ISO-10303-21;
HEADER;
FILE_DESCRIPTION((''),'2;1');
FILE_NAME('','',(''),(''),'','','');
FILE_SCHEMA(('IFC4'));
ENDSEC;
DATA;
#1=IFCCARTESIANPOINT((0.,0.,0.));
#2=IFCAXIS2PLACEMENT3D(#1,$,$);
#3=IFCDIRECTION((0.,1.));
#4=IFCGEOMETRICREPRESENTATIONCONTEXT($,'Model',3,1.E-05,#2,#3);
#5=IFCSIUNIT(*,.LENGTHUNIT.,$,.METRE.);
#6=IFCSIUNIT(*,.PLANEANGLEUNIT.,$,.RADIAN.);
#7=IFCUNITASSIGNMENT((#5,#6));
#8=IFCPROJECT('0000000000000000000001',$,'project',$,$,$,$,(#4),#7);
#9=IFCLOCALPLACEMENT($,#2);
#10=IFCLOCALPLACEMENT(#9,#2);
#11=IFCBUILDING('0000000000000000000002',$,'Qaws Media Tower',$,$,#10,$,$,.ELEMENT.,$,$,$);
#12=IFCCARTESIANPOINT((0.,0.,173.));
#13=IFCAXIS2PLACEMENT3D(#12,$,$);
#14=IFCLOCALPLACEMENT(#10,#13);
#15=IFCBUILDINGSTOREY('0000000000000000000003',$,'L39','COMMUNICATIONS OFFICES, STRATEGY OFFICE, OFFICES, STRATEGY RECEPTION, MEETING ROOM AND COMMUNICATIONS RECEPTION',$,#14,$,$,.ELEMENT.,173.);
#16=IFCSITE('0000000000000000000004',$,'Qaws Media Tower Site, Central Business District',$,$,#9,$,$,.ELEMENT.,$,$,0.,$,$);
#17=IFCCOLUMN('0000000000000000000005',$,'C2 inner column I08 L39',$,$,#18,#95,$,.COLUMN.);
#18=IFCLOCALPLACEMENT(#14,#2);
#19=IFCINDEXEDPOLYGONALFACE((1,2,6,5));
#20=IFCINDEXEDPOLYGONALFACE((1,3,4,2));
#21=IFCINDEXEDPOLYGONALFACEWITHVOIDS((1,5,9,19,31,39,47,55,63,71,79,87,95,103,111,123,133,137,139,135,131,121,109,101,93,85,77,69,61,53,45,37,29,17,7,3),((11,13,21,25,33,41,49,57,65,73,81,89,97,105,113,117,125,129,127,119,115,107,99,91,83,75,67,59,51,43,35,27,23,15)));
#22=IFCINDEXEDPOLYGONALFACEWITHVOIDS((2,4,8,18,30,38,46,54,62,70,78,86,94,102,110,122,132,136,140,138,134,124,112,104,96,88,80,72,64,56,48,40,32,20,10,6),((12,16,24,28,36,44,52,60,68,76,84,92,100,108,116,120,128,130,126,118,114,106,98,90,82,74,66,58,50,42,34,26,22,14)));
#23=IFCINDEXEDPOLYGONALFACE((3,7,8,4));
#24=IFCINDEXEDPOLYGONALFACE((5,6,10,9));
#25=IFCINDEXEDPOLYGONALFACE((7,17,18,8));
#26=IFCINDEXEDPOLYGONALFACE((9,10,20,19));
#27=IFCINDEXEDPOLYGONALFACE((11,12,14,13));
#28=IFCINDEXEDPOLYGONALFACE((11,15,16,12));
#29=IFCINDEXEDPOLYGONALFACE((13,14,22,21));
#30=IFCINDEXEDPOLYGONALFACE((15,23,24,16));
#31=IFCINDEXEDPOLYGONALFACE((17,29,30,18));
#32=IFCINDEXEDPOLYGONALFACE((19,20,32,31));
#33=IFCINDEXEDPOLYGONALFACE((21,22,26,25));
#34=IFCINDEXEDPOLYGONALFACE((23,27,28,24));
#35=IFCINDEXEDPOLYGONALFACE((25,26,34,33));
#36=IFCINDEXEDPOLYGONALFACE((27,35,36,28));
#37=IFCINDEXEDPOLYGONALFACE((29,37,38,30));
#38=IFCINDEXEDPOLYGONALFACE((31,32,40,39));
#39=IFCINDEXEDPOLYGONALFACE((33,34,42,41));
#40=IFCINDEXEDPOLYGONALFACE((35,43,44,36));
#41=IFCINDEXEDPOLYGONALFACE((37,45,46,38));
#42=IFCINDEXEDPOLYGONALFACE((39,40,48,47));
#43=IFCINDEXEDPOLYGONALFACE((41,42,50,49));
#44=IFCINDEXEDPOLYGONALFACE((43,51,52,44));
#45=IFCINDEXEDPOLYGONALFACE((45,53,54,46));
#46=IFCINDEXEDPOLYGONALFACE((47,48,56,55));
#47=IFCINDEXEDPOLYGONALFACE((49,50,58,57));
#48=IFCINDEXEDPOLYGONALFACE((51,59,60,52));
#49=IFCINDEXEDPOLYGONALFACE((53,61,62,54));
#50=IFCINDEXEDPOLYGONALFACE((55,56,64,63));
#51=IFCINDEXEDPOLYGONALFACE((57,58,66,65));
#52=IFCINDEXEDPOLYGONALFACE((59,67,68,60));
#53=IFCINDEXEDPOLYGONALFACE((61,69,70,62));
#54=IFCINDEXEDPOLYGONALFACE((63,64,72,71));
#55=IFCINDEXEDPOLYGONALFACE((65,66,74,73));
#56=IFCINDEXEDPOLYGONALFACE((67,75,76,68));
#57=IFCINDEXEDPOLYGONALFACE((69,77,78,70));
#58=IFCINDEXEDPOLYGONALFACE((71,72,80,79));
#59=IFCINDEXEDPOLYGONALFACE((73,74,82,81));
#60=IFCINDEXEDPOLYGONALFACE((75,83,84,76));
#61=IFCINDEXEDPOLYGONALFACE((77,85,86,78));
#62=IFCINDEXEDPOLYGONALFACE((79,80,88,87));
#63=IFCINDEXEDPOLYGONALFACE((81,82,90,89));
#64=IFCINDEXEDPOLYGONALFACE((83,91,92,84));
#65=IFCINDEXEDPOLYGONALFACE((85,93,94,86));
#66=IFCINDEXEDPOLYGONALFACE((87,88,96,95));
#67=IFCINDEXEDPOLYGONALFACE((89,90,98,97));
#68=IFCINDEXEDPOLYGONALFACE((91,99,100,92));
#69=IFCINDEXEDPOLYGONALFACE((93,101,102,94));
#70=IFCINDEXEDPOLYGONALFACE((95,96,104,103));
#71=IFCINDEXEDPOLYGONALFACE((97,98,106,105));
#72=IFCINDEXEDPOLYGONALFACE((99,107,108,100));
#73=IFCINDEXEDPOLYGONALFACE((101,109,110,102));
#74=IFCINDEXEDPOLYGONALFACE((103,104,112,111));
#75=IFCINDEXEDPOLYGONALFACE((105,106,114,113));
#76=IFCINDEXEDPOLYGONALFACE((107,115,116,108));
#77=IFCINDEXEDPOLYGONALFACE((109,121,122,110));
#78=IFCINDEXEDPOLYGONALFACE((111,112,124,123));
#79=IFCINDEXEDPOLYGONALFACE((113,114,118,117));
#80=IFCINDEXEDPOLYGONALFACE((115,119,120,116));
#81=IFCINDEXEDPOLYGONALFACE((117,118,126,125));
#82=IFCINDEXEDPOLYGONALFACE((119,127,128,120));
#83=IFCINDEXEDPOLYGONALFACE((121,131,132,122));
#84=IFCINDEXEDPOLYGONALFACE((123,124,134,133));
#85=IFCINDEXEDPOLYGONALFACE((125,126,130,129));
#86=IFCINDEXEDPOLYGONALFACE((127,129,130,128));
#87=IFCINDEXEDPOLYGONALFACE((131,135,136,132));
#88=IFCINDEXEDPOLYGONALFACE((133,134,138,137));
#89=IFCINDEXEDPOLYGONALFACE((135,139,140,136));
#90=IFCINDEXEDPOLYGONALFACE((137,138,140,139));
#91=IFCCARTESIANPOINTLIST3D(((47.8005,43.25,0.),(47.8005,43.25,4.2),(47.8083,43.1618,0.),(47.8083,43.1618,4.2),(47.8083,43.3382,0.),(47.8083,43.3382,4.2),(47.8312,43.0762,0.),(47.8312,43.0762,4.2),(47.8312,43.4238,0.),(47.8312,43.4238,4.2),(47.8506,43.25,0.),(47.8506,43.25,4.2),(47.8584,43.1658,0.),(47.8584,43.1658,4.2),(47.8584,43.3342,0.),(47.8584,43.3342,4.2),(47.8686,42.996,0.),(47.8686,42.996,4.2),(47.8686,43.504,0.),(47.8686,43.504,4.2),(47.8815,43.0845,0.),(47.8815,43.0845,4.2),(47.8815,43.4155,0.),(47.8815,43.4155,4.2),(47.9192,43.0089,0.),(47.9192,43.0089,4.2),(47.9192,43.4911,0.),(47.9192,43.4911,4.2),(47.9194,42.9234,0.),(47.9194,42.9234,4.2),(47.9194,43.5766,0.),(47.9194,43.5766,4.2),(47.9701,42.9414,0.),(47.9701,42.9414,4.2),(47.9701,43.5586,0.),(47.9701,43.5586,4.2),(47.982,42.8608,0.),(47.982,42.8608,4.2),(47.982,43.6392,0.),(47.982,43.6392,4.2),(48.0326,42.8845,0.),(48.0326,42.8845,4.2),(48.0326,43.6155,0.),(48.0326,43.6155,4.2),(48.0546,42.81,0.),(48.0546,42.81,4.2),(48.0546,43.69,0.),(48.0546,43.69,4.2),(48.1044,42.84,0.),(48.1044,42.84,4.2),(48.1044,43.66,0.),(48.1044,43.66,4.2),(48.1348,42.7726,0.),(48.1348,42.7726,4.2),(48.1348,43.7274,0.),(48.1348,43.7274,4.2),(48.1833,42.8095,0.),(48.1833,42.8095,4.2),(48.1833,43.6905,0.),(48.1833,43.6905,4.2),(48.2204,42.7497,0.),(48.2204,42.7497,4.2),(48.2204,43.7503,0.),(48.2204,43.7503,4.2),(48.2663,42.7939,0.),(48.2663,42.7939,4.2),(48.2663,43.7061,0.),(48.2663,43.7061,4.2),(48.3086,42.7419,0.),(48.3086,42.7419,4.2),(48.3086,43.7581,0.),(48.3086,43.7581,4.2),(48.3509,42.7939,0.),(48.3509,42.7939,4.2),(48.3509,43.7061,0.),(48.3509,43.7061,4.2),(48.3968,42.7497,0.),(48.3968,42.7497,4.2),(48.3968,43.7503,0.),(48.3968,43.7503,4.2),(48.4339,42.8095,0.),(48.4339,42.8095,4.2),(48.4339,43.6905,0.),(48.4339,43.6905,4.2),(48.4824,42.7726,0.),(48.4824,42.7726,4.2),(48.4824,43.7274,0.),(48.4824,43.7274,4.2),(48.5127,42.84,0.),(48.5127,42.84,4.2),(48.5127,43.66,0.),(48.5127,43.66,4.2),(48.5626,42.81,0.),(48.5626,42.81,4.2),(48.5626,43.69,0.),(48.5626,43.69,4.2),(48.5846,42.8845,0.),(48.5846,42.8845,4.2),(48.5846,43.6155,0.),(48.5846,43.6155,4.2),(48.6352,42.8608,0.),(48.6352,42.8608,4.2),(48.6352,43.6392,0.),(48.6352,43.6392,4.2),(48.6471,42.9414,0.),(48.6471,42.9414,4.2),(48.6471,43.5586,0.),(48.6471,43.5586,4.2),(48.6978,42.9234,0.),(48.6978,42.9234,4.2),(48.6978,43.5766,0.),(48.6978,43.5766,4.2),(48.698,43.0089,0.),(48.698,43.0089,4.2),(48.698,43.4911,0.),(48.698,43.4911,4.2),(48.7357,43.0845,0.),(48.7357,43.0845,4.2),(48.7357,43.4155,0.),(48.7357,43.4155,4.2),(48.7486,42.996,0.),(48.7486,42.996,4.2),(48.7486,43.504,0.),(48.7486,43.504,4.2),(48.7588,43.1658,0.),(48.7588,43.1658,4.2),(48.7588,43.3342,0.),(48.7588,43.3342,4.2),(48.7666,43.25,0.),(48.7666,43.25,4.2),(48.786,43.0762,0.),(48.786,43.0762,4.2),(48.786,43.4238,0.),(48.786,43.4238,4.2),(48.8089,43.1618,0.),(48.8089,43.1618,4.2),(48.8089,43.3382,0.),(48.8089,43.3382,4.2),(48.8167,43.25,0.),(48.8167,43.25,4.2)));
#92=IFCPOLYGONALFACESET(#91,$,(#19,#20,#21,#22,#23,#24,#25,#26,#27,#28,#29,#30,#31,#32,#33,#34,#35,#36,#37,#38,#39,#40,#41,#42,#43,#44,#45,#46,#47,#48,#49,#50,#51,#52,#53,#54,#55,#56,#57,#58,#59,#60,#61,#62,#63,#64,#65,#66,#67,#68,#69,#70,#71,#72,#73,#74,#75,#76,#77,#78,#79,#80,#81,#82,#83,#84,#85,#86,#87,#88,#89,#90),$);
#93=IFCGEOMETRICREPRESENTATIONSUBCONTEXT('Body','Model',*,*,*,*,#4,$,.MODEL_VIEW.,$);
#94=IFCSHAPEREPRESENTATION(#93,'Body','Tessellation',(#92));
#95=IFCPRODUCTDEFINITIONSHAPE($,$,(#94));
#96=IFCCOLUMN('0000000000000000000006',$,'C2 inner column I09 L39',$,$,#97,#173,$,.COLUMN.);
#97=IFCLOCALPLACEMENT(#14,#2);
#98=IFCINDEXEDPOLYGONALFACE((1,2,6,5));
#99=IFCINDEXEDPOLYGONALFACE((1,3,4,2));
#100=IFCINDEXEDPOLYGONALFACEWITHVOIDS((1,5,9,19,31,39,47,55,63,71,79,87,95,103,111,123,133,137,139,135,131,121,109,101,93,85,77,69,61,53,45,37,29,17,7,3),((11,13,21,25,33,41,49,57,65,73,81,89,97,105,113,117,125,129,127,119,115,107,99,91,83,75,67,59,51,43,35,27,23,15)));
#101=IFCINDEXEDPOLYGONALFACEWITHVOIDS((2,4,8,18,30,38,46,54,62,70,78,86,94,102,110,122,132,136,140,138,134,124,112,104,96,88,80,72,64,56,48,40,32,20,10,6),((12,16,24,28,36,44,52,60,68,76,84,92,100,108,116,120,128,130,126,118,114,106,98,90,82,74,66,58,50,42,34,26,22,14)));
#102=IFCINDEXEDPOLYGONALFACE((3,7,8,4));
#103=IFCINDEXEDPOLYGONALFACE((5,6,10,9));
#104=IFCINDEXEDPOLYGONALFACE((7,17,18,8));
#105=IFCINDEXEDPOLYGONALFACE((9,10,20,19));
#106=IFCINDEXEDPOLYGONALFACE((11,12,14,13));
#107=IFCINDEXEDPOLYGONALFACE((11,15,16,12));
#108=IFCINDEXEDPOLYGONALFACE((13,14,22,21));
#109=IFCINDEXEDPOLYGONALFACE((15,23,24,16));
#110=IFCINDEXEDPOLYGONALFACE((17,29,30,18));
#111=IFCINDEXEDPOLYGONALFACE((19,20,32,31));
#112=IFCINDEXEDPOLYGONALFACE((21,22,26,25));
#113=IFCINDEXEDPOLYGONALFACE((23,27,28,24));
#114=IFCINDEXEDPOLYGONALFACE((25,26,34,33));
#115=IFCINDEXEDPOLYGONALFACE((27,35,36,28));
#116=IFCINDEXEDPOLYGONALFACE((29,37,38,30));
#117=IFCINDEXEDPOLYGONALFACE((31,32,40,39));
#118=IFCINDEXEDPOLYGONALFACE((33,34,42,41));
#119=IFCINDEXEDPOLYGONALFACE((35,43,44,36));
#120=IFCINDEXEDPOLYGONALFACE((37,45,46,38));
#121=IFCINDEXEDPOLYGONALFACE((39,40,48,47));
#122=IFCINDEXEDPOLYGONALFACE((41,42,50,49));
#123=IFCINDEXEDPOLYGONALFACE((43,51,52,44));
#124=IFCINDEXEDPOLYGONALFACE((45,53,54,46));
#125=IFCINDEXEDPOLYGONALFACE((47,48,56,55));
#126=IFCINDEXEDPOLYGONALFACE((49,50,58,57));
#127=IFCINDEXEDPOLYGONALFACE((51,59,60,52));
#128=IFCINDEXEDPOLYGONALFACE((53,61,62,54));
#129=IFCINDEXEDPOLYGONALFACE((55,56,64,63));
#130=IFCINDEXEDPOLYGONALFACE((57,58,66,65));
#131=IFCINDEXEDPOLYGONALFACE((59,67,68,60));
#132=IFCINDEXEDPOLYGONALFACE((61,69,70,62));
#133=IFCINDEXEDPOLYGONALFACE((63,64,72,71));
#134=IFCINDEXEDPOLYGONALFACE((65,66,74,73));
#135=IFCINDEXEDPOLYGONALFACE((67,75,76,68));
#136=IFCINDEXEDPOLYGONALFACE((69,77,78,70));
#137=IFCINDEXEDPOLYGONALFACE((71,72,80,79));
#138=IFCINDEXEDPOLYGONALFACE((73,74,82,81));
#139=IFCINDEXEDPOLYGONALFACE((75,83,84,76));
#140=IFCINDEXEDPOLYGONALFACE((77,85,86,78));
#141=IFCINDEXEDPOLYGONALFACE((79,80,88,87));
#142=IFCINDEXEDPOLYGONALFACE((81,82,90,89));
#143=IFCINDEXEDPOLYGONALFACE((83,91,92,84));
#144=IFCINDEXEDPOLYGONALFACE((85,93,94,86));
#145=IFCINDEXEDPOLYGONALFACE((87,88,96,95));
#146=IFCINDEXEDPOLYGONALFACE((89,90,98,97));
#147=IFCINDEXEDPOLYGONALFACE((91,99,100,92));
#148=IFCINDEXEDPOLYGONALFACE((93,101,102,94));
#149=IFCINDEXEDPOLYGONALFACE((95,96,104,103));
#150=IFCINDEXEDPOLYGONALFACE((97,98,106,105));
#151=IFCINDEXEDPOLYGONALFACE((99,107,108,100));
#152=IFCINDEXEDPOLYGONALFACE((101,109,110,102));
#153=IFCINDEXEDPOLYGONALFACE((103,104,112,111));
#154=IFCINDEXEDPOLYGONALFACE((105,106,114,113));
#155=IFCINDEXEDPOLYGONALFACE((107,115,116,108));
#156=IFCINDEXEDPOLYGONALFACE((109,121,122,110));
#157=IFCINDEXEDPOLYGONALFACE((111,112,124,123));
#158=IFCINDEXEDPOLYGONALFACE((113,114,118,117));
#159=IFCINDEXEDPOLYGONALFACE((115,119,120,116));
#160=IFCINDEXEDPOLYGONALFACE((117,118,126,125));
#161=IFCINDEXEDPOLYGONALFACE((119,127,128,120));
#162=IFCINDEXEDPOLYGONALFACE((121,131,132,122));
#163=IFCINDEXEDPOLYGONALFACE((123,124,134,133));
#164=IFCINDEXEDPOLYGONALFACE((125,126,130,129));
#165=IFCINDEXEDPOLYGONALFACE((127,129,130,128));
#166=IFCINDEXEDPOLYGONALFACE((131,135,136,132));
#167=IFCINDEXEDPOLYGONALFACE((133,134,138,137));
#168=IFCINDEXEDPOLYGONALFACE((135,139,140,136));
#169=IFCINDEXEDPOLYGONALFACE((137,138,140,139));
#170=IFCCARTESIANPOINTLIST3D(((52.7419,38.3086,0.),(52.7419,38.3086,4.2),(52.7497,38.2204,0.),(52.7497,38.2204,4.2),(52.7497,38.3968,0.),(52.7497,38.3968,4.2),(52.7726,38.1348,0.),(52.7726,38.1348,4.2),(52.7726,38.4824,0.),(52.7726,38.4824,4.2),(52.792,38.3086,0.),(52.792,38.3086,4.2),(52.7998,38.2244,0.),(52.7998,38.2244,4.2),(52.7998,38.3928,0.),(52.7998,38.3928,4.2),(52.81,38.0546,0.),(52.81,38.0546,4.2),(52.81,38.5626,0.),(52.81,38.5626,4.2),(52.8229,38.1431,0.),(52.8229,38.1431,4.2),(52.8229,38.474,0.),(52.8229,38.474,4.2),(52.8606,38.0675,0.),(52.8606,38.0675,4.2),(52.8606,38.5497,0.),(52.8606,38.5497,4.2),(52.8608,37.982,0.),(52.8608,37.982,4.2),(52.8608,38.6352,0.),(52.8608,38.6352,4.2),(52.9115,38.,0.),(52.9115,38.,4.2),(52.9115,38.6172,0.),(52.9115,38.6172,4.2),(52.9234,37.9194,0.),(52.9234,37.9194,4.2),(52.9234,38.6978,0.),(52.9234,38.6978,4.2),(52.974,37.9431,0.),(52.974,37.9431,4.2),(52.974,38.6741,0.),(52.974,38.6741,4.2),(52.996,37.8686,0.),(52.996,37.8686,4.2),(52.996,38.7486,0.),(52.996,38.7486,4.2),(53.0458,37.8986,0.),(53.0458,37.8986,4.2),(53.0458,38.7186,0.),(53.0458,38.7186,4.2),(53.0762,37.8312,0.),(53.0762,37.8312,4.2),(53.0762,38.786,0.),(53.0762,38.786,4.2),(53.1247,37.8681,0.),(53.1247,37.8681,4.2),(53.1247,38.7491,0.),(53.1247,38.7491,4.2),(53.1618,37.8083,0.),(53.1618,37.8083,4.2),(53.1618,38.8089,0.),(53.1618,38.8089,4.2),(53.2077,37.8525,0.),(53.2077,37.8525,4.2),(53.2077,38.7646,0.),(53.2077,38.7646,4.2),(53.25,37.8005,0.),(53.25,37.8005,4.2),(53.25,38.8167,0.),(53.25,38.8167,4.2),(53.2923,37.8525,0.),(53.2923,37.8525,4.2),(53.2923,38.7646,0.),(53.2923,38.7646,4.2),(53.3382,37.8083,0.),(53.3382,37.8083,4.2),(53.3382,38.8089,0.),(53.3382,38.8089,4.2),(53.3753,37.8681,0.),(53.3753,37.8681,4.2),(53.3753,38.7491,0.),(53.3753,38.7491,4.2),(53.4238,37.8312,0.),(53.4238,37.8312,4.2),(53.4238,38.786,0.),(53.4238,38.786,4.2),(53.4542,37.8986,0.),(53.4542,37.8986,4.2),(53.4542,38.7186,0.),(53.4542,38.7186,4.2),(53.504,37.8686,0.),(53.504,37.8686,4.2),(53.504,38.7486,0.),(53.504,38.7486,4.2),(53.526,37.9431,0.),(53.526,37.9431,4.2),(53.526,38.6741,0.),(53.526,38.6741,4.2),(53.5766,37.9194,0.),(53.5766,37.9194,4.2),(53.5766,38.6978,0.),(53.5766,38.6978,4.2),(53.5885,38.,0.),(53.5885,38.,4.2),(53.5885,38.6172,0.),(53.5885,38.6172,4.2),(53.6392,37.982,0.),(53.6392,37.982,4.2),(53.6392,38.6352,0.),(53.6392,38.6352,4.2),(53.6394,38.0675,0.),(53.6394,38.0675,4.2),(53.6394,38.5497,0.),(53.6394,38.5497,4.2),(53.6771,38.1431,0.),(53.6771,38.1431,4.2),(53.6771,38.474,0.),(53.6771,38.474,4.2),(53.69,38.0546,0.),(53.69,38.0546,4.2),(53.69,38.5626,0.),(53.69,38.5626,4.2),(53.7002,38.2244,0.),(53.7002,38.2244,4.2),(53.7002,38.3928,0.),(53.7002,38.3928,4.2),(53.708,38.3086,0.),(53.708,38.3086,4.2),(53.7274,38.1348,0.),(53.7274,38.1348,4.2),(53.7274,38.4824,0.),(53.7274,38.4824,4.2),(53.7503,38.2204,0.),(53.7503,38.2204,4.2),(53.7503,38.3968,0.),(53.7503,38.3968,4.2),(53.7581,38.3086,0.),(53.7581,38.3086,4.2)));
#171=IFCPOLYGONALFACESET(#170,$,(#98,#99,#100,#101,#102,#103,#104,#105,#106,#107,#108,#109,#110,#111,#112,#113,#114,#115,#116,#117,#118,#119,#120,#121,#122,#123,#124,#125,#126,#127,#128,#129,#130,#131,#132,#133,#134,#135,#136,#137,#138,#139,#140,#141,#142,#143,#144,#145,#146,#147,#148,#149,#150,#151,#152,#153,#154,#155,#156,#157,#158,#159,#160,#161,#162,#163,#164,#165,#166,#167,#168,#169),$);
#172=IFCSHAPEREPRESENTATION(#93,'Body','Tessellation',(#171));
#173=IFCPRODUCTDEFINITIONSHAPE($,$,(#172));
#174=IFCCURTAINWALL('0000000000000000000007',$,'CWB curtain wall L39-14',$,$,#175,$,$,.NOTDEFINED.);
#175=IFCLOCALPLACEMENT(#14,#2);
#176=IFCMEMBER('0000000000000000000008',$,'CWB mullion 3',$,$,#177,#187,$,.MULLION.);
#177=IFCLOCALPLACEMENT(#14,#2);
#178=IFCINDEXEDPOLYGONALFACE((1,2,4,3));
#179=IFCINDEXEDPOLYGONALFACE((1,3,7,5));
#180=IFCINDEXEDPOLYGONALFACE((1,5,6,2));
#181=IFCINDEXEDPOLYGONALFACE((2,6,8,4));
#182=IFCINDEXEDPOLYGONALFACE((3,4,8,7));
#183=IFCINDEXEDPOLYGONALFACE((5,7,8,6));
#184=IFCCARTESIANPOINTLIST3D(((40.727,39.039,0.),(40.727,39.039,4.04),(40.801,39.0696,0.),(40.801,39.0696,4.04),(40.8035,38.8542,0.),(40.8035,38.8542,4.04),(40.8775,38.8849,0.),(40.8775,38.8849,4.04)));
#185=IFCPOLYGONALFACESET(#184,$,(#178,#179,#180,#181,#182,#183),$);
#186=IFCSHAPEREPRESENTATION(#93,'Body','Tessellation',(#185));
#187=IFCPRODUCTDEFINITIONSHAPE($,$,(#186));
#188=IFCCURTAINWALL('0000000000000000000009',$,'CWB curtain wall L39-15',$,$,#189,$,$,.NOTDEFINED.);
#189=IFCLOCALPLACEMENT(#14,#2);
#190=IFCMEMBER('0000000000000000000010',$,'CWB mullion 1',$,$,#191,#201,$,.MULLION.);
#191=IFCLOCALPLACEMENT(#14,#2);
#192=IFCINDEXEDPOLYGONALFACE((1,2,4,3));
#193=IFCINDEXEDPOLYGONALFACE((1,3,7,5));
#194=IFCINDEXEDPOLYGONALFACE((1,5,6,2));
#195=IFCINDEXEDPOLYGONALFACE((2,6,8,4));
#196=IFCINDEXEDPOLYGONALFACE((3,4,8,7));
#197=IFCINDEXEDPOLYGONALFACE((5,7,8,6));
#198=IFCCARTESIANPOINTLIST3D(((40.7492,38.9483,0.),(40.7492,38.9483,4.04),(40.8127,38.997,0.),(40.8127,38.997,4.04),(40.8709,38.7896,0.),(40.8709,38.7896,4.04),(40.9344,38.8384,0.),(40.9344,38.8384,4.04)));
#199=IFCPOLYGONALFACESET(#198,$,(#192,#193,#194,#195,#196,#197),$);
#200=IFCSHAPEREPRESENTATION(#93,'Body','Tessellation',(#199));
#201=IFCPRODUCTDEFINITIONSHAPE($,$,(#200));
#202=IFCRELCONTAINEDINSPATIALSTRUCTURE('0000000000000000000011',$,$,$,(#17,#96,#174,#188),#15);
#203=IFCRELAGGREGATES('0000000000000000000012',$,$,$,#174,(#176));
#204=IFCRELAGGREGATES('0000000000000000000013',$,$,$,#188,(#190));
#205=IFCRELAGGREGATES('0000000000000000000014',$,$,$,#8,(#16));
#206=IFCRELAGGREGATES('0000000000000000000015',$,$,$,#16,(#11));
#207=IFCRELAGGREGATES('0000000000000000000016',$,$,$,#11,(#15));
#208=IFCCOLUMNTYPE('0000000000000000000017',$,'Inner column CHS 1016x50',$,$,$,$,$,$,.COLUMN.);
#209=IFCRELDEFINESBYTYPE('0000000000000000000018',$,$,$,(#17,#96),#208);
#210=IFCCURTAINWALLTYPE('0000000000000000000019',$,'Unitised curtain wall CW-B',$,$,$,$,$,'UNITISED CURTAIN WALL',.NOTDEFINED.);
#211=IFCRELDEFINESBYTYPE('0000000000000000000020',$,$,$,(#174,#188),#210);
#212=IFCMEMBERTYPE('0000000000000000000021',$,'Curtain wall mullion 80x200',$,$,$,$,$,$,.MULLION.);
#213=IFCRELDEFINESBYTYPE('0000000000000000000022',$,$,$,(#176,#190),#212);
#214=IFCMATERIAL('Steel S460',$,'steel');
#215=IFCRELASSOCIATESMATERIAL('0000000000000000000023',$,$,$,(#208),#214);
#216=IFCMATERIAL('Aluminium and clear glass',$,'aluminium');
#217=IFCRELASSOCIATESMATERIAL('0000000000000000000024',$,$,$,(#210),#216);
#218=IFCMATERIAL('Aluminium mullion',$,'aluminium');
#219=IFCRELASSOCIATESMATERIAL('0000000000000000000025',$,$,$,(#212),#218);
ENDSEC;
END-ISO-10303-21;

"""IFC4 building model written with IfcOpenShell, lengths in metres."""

from ifc_helpers import new_model, si_unit, direction, frame, origin, origin_2d, place, context, subcontext, project, spatial, rectangle, hollow_circle, extrude, material, material_profile, profile_set, type_object, element, aggregate, save


model = new_model("IFC4")

# Units and contexts
model_context = context("Model", 3, precision=1e-05, world=origin(), true_north=direction((0.0, 1.0)))
body_context = subcontext(model_context, "Body", "Model", "MODEL_VIEW")
ifc_project = project(units=[si_unit("LENGTHUNIT", "METRE"), si_unit("PLANEANGLEUNIT", "RADIAN")], contexts=[model_context])

# Site, building, storey
site_placement = place(None, origin())
site = spatial("IfcSite", under=ifc_project, at=site_placement, Name="Qaws Media Tower Site, Central Business District", CompositionType="ELEMENT", RefElevation=0.0)
building_placement = place(site_placement, origin())
building = spatial("IfcBuilding", under=site, at=building_placement, Name="Qaws Media Tower", CompositionType="ELEMENT")
storey_placement = place(building_placement, frame((0.0, 0.0, 173.0)))
storey = spatial("IfcBuildingStorey", under=building, at=storey_placement, Name="L39", Description="COMMUNICATIONS OFFICES, STRATEGY OFFICE, OFFICES, STRATEGY RECEPTION, MEETING ROOM AND COMMUNICATIONS RECEPTION", CompositionType="ELEMENT", Elevation=173.0)

# Columns
ifc_material_1 = material(Name="Steel S460", Category="steel")
ifc_material_profile_1 = material_profile(ifc_material_1, hollow_circle(Radius=0.5081, WallThickness=0.05, at=origin_2d()), Name="CHS 1016x50")
ifc_profile_set_1 = profile_set([ifc_material_profile_1], Name="Steel S460")
column_type = type_object("IfcColumnType", Name="Inner column CHS 1016x50", PredefinedType="COLUMN", material=ifc_profile_set_1)
for number, where, z_axis, x_axis, name in (
    (1, (48.3086, 43.25, 0.0), (0.0, 0.0, 1.0), (1.0, 0.0, 0.0), "C2 inner column I08 L39"),
    (2, (53.25, 38.3086, 0.0), (0.0, 0.0, 1.0), (1.0, 0.0, 0.0), "C2 inner column I09 L39"),
):
    element("IfcColumn", number, at=place(storey_placement, frame(where, z_axis=z_axis, x_axis=x_axis)), inside=storey, type_object=column_type, Name=name, PredefinedType="COLUMN", context=body_context, shape_type="SweptSolid", body=[
        extrude(hollow_circle(Radius=0.5081, WallThickness=0.05, at=origin_2d()), origin(), (0.0, 0.0, 1.0), 4.2),
    ])

# Curtain wall, member
ifc_material_2 = material(Name="Aluminium and clear glass", Category="aluminium")
curtain_wall_type = type_object("IfcCurtainWallType", Name="Unitised curtain wall CW-B", ElementType="UNITISED CURTAIN WALL", PredefinedType="NOTDEFINED", material=ifc_material_2)
curtain_wall_1_placement = place(storey_placement, origin())
curtain_wall_1 = element("IfcCurtainWall", 3, at=curtain_wall_1_placement, inside=storey, type_object=curtain_wall_type, Name="CWB curtain wall L39-14", PredefinedType="NOTDEFINED")
ifc_material_3 = material(Name="Aluminium mullion", Category="aluminium")
ifc_material_profile_2 = material_profile(ifc_material_3, rectangle(XDim=0.0801, YDim=0.2, at=origin_2d()), Name="80x200")
ifc_profile_set_2 = profile_set([ifc_material_profile_2], Name="Aluminium mullion")
member_type_1 = type_object("IfcMemberType", Name="Curtain wall mullion 80x200", PredefinedType="MULLION", material=ifc_profile_set_2)
member_1_placement = place(storey_placement, frame((40.8022, 38.9619, 0.0), z_axis=(0.0, 0.0, 1.0), x_axis=(0.92388, 0.382683, 0.0)))
member_1 = element("IfcMember", 4, at=member_1_placement, type_object=member_type_1, Name="CWB mullion 3", PredefinedType="MULLION", context=body_context, shape_type="SweptSolid", body=[
    extrude(rectangle(XDim=0.0801, YDim=0.2, at=origin_2d()), origin(), (0.0, 0.0, 1.0), 4.04),
])

# Curtain wall, member
curtain_wall_2_placement = place(storey_placement, origin())
curtain_wall_2 = element("IfcCurtainWall", 5, at=curtain_wall_2_placement, inside=storey, type_object=curtain_wall_type, Name="CWB curtain wall L39-15", PredefinedType="NOTDEFINED")
member_2_placement = place(storey_placement, frame((40.8418, 38.8933, 0.0), z_axis=(0.0, 0.0, 1.0), x_axis=(0.793353, 0.608762, 0.0)))
member_2 = element("IfcMember", 6, at=member_2_placement, type_object=member_type_1, Name="CWB mullion 1", PredefinedType="MULLION", context=body_context, shape_type="SweptSolid", body=[
    extrude(rectangle(XDim=0.0801, YDim=0.2, at=origin_2d()), origin(), (0.0, 0.0, 1.0), 4.04),
])

aggregate(curtain_wall_1, [member_1])
aggregate(curtain_wall_2, [member_2])

save(model, "model.ifc")
